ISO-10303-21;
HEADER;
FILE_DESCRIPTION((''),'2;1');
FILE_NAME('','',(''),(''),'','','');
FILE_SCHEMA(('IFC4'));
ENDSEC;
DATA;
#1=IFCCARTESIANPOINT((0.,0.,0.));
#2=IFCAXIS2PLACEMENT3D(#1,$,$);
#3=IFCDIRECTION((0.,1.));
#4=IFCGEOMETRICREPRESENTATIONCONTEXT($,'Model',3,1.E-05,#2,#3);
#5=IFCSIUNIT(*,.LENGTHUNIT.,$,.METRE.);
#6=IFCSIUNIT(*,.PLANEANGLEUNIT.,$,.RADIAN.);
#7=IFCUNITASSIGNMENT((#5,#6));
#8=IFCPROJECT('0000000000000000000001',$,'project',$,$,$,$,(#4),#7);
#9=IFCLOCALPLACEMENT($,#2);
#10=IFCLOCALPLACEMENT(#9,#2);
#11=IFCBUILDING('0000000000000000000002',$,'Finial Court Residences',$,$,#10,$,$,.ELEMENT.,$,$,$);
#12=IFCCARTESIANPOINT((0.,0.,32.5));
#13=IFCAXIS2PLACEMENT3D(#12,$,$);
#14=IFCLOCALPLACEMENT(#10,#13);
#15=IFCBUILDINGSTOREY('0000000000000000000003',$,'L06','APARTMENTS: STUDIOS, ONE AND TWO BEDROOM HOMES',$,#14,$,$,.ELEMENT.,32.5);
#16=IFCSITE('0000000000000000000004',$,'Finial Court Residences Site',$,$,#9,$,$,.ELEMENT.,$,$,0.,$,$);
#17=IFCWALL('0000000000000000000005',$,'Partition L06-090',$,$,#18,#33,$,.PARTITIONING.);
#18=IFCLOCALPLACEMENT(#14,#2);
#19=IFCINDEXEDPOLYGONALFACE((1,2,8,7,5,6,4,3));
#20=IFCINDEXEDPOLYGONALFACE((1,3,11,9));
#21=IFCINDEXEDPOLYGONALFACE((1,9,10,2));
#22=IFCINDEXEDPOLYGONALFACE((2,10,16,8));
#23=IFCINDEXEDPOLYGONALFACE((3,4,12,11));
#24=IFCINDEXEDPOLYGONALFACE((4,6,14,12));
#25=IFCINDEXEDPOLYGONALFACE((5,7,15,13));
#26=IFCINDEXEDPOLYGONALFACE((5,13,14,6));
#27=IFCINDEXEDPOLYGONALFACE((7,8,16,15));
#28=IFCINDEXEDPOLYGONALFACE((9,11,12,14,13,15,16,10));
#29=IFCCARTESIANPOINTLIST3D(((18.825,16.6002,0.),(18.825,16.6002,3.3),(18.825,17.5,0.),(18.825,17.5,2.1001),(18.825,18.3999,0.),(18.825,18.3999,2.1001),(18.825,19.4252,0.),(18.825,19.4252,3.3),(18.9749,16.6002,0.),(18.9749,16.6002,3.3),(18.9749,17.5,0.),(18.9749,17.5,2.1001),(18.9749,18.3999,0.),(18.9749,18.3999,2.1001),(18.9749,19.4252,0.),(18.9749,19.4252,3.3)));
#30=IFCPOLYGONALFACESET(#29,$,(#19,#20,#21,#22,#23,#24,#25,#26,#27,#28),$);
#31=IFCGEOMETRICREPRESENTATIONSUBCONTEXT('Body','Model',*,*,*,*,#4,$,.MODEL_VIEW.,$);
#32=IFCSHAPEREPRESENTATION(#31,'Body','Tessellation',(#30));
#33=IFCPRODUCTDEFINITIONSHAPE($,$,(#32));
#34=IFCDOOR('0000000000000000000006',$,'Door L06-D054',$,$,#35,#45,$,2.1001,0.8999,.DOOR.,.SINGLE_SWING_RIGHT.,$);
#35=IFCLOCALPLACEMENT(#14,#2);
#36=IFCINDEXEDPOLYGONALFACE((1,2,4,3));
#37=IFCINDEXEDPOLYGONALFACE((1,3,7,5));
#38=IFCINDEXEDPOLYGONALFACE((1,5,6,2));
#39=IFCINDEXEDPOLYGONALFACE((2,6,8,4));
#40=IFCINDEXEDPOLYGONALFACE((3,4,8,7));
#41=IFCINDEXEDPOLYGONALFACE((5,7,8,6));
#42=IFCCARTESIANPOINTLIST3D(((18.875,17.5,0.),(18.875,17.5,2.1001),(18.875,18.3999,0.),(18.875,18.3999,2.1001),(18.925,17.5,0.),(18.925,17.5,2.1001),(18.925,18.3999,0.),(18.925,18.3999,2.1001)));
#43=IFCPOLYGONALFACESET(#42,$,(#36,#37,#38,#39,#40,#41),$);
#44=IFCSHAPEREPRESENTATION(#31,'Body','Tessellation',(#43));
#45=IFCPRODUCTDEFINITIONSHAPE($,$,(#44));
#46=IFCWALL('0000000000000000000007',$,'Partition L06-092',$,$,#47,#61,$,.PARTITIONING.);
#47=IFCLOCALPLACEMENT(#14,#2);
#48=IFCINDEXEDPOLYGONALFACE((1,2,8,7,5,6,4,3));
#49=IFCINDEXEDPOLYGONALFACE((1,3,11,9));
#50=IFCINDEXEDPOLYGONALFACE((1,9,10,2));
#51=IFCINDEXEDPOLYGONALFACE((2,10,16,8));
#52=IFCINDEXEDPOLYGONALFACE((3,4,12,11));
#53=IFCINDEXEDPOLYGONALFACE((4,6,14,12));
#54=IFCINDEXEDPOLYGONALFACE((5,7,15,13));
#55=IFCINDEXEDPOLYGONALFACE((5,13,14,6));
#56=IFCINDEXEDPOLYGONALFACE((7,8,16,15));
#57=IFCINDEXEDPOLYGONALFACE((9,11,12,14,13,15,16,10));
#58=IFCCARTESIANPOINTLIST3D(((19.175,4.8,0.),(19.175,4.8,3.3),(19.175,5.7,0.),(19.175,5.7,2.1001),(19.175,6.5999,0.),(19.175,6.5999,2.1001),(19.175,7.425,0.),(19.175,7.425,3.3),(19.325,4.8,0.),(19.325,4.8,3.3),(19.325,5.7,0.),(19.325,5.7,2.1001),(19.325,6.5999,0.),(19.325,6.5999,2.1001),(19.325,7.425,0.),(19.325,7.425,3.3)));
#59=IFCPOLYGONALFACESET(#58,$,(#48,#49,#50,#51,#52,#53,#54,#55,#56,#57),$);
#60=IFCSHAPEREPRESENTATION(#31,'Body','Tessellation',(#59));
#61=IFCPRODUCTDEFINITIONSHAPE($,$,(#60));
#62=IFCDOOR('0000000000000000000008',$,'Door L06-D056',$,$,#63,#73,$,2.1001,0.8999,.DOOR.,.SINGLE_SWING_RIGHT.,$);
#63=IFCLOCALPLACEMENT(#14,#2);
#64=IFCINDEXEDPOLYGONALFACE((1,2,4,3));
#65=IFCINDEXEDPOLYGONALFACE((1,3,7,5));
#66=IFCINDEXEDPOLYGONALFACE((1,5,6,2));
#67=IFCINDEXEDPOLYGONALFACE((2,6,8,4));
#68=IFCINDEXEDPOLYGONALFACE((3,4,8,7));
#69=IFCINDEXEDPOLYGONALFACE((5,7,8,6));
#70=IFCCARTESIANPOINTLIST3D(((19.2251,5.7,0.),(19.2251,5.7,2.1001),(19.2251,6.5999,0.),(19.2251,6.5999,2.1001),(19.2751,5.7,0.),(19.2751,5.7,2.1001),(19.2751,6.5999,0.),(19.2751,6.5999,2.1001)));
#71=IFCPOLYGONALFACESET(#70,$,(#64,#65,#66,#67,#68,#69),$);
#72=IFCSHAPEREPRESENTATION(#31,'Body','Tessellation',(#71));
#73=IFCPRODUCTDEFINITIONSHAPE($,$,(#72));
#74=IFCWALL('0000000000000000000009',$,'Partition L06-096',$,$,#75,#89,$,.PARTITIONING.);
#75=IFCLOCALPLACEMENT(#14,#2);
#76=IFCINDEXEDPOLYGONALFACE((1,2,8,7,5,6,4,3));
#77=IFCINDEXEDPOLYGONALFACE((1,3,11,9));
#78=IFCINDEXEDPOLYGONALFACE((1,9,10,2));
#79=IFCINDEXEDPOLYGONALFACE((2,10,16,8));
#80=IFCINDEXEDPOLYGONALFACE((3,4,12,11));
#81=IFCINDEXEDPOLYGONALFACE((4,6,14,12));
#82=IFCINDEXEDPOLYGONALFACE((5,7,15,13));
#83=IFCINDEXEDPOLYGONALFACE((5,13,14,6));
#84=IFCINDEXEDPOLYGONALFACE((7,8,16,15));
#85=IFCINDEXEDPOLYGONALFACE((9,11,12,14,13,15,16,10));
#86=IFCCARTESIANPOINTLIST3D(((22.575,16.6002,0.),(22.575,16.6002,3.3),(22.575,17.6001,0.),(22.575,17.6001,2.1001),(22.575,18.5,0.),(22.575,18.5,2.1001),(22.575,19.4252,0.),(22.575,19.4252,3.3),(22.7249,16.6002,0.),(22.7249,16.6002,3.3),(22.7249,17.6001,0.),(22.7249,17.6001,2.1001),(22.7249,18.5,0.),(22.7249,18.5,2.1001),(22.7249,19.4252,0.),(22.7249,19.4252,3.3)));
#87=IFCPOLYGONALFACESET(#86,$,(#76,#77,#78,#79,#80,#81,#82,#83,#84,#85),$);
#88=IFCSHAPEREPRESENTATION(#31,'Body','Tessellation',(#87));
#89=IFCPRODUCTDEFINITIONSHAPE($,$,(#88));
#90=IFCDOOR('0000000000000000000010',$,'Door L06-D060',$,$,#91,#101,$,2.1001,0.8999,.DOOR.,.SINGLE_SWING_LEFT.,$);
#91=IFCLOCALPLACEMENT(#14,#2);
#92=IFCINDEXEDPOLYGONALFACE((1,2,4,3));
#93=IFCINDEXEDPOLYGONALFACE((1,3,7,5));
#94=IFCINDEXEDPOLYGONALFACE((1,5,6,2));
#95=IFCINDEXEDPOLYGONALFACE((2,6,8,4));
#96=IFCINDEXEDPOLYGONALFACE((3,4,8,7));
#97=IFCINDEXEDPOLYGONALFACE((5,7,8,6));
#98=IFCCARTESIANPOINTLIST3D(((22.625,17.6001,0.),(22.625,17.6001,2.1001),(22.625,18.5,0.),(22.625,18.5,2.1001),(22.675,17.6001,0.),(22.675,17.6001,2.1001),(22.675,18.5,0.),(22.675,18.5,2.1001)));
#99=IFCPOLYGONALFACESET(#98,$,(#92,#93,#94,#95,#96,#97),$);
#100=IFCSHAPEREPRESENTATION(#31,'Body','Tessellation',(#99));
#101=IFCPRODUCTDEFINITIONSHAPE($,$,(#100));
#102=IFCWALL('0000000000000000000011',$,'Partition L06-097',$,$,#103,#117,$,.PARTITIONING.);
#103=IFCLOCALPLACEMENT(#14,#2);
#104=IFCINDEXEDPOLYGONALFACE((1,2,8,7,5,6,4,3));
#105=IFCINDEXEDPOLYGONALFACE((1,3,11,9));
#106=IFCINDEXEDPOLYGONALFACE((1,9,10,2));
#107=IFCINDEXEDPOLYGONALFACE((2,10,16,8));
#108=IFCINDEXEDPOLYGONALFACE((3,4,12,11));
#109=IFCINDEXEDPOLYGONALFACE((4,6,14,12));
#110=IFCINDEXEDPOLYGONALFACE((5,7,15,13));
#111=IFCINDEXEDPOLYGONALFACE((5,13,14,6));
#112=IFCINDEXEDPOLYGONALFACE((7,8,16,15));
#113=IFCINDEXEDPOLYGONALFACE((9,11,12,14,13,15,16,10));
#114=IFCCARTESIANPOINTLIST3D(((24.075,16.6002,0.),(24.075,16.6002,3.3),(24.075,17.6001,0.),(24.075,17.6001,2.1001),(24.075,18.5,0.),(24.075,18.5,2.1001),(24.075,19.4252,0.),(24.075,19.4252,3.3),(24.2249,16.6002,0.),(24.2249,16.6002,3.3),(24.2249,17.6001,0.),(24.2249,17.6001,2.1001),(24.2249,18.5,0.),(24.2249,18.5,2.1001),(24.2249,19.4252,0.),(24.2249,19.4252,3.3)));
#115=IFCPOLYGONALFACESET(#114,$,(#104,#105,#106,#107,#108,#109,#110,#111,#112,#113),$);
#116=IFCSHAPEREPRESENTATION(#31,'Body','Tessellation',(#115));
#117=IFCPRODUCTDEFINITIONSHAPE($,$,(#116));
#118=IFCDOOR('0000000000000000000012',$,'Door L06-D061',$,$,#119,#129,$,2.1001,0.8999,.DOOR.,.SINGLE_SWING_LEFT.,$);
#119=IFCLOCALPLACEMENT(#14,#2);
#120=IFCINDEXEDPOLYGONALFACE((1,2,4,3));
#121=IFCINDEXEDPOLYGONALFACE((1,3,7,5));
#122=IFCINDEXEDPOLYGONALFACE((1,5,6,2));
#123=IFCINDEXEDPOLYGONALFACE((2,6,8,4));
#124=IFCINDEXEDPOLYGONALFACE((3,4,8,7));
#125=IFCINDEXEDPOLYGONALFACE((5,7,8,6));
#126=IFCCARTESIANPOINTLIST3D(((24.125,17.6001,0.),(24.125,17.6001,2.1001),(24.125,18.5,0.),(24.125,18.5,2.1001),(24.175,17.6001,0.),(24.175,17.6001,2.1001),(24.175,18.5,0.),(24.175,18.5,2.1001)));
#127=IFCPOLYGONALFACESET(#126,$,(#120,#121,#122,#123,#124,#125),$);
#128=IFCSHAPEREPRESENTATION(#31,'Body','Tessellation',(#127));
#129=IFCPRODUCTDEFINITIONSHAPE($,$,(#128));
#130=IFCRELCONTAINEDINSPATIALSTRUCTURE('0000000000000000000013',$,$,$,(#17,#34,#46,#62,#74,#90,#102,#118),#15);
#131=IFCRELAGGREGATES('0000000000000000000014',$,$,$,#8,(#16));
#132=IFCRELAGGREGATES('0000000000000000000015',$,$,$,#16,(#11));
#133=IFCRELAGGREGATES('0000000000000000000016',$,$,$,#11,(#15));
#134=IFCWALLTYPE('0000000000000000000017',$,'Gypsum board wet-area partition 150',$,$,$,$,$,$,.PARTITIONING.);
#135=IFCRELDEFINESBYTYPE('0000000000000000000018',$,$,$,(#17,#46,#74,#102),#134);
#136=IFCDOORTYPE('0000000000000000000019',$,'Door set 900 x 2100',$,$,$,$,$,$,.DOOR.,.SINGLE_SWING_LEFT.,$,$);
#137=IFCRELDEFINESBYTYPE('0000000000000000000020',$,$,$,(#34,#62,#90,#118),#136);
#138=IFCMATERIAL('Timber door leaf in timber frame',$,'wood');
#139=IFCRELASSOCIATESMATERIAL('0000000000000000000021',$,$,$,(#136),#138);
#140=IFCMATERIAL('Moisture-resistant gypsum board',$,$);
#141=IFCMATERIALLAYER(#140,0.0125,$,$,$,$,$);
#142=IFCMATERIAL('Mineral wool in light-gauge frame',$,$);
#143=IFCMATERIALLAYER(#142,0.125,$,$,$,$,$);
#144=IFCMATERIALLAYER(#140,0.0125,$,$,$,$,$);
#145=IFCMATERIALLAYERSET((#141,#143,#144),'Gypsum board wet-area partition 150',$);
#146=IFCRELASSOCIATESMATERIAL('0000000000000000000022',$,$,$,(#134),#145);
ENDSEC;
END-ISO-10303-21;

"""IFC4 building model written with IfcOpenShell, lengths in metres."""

from ifc_helpers import new_model, si_unit, direction, frame, frame_2d, origin, place, context, subcontext, project, spatial, rectangle, extrude, material, layer, layer_set, type_object, element, fill, save


model = new_model("IFC4")

# Units and contexts
model_context = context("Model", 3, precision=1e-05, world=origin(), true_north=direction((0.0, 1.0)))
body_context = subcontext(model_context, "Body", "Model", "MODEL_VIEW")
ifc_project = project(units=[si_unit("LENGTHUNIT", "METRE"), si_unit("PLANEANGLEUNIT", "RADIAN")], contexts=[model_context])

# Site, building, storey
site_placement = place(None, origin())
site = spatial("IfcSite", under=ifc_project, at=site_placement, Name="Finial Court Residences Site", CompositionType="ELEMENT", RefElevation=0.0)
building_placement = place(site_placement, origin())
building = spatial("IfcBuilding", under=site, at=building_placement, Name="Finial Court Residences", CompositionType="ELEMENT")
storey_placement = place(building_placement, frame((0.0, 0.0, 32.5)))
storey = spatial("IfcBuildingStorey", under=building, at=storey_placement, Name="L06", Description="APARTMENTS: STUDIOS, ONE AND TWO BEDROOM HOMES", CompositionType="ELEMENT", Elevation=32.5)

# Shared definitions
ifc_material_1 = material(Name="Mineral wool in light-gauge frame")
ifc_material_2 = material(Name="Timber door leaf in timber frame", Category="wood")
door_type = type_object("IfcDoorType", Name="Door set 900 x 2100", OperationType="SINGLE_SWING_LEFT", PredefinedType="DOOR", material=ifc_material_2)

# Shared definitions
ifc_material_3 = material(Name="Moisture-resistant gypsum board")
ifc_layer_1 = layer(ifc_material_3, 0.0125)
ifc_layer_2 = layer(ifc_material_1, 0.125)
ifc_layer_3 = layer(ifc_material_3, 0.0125)
ifc_layer_set_1 = layer_set([ifc_layer_1, ifc_layer_2, ifc_layer_3], Name="Gypsum board wet-area partition 150")
wall_type_1 = type_object("IfcWallType", Name="Gypsum board wet-area partition 150", PredefinedType="PARTITIONING", material=ifc_layer_set_1)

# Walls, openings, doors
wall_1_placement = place(storey_placement, frame((18.8999, 16.6001, 0.0), z_axis=(0.0, 0.0, 1.0), x_axis=(0.0, 1.0, 0.0)))
wall_1 = element("IfcWall", 1, at=wall_1_placement, inside=storey, type_object=wall_type_1, Name="Partition L06-090", PredefinedType="PARTITIONING", context=body_context, shape_type="SweptSolid", body=[
    extrude(rectangle(XDim=2.825, YDim=0.1499, at=frame_2d((1.4126, 0.0))), origin(), (0.0, 0.0, 1.0), 3.3),
])
opening_1_placement = place(wall_1_placement, frame((0.8999, 0.0, 0.0)))
opening_1 = element("IfcOpeningElement", 2, at=opening_1_placement, cuts=wall_1, PredefinedType="OPENING", context=body_context, shape_type="SweptSolid", body=[
    extrude(rectangle(XDim=0.8999, YDim=2.1001, at=frame_2d((0.45, 1.05))), frame((0.0, 0.085, 0.0), z_axis=(0.0, -1.0, 0.0), x_axis=(1.0, 0.0, 0.0)), (0.0, 0.0, 1.0), 0.1699),
])
door_1_placement = place(opening_1_placement, origin())
door_1 = element("IfcDoor", 3, at=door_1_placement, inside=storey, type_object=door_type, Name="Door L06-D054", OperationType="SINGLE_SWING_RIGHT", OverallHeight=2.1001, OverallWidth=0.8999, PredefinedType="DOOR", context=body_context, shape_type="SweptSolid", body=[
    extrude(rectangle(XDim=0.8999, YDim=2.1001, at=frame_2d((0.45, 1.05))), frame((0.0, 0.0249, 0.0), z_axis=(0.0, -1.0, 0.0), x_axis=(1.0, 0.0, 0.0)), (0.0, 0.0, 1.0), 0.05),
])
fill(opening_1, door_1)
wall_2_placement = place(storey_placement, frame((19.25, 4.8, 0.0), z_axis=(0.0, 0.0, 1.0), x_axis=(0.0, 1.0, 0.0)))
wall_2 = element("IfcWall", 4, at=wall_2_placement, inside=storey, type_object=wall_type_1, Name="Partition L06-092", PredefinedType="PARTITIONING", context=body_context, shape_type="SweptSolid", body=[
    extrude(rectangle(XDim=2.625, YDim=0.1499, at=frame_2d((1.3125, 0.0))), origin(), (0.0, 0.0, 1.0), 3.3),
])
opening_2_placement = place(wall_2_placement, frame((0.8999, 0.0, 0.0)))
opening_2 = element("IfcOpeningElement", 5, at=opening_2_placement, cuts=wall_2, PredefinedType="OPENING", context=body_context, shape_type="SweptSolid", body=[
    extrude(rectangle(XDim=0.8999, YDim=2.1001, at=frame_2d((0.45, 1.05))), frame((0.0, 0.085, 0.0), z_axis=(0.0, -1.0, 0.0), x_axis=(1.0, 0.0, 0.0)), (0.0, 0.0, 1.0), 0.1699),
])
door_2_placement = place(opening_2_placement, origin())
door_2 = element("IfcDoor", 6, at=door_2_placement, inside=storey, type_object=door_type, Name="Door L06-D056", OperationType="SINGLE_SWING_RIGHT", OverallHeight=2.1001, OverallWidth=0.8999, PredefinedType="DOOR", context=body_context, shape_type="SweptSolid", body=[
    extrude(rectangle(XDim=0.8999, YDim=2.1001, at=frame_2d((0.45, 1.05))), frame((0.0, 0.0249, 0.0), z_axis=(0.0, -1.0, 0.0), x_axis=(1.0, 0.0, 0.0)), (0.0, 0.0, 1.0), 0.05),
])
fill(opening_2, door_2)
wall_3_placement = place(storey_placement, frame((22.6499, 16.6001, 0.0), z_axis=(0.0, 0.0, 1.0), x_axis=(0.0, 1.0, 0.0)))
wall_3 = element("IfcWall", 7, at=wall_3_placement, inside=storey, type_object=wall_type_1, Name="Partition L06-096", PredefinedType="PARTITIONING", context=body_context, shape_type="SweptSolid", body=[
    extrude(rectangle(XDim=2.825, YDim=0.1499, at=frame_2d((1.4126, 0.0))), origin(), (0.0, 0.0, 1.0), 3.3),
])
opening_3_placement = place(wall_3_placement, frame((1.0, 0.0, 0.0)))
opening_3 = element("IfcOpeningElement", 8, at=opening_3_placement, cuts=wall_3, PredefinedType="OPENING", context=body_context, shape_type="SweptSolid", body=[
    extrude(rectangle(XDim=0.8999, YDim=2.1001, at=frame_2d((0.45, 1.05))), frame((0.0, 0.085, 0.0), z_axis=(0.0, -1.0, 0.0), x_axis=(1.0, 0.0, 0.0)), (0.0, 0.0, 1.0), 0.1699),
])
door_3_placement = place(opening_3_placement, origin())
door_3 = element("IfcDoor", 9, at=door_3_placement, inside=storey, type_object=door_type, Name="Door L06-D060", OperationType="SINGLE_SWING_LEFT", OverallHeight=2.1001, OverallWidth=0.8999, PredefinedType="DOOR", context=body_context, shape_type="SweptSolid", body=[
    extrude(rectangle(XDim=0.8999, YDim=2.1001, at=frame_2d((0.45, 1.05))), frame((0.0, 0.0249, 0.0), z_axis=(0.0, -1.0, 0.0), x_axis=(1.0, 0.0, 0.0)), (0.0, 0.0, 1.0), 0.05),
])
fill(opening_3, door_3)
wall_4_placement = place(storey_placement, frame((24.1499, 16.6001, 0.0), z_axis=(0.0, 0.0, 1.0), x_axis=(0.0, 1.0, 0.0)))
wall_4 = element("IfcWall", 10, at=wall_4_placement, inside=storey, type_object=wall_type_1, Name="Partition L06-097", PredefinedType="PARTITIONING", context=body_context, shape_type="SweptSolid", body=[
    extrude(rectangle(XDim=2.825, YDim=0.1499, at=frame_2d((1.4126, 0.0))), origin(), (0.0, 0.0, 1.0), 3.3),
])
opening_4_placement = place(wall_4_placement, frame((1.0, 0.0, 0.0)))
opening_4 = element("IfcOpeningElement", 11, at=opening_4_placement, cuts=wall_4, PredefinedType="OPENING", context=body_context, shape_type="SweptSolid", body=[
    extrude(rectangle(XDim=0.8999, YDim=2.1001, at=frame_2d((0.45, 1.05))), frame((0.0, 0.085, 0.0), z_axis=(0.0, -1.0, 0.0), x_axis=(1.0, 0.0, 0.0)), (0.0, 0.0, 1.0), 0.1699),
])
door_4_placement = place(opening_4_placement, origin())
door_4 = element("IfcDoor", 12, at=door_4_placement, inside=storey, type_object=door_type, Name="Door L06-D061", OperationType="SINGLE_SWING_LEFT", OverallHeight=2.1001, OverallWidth=0.8999, PredefinedType="DOOR", context=body_context, shape_type="SweptSolid", body=[
    extrude(rectangle(XDim=0.8999, YDim=2.1001, at=frame_2d((0.45, 1.05))), frame((0.0, 0.0249, 0.0), z_axis=(0.0, -1.0, 0.0), x_axis=(1.0, 0.0, 0.0)), (0.0, 0.0, 1.0), 0.05),
])
fill(opening_4, door_4)

save(model, "model.ifc")
